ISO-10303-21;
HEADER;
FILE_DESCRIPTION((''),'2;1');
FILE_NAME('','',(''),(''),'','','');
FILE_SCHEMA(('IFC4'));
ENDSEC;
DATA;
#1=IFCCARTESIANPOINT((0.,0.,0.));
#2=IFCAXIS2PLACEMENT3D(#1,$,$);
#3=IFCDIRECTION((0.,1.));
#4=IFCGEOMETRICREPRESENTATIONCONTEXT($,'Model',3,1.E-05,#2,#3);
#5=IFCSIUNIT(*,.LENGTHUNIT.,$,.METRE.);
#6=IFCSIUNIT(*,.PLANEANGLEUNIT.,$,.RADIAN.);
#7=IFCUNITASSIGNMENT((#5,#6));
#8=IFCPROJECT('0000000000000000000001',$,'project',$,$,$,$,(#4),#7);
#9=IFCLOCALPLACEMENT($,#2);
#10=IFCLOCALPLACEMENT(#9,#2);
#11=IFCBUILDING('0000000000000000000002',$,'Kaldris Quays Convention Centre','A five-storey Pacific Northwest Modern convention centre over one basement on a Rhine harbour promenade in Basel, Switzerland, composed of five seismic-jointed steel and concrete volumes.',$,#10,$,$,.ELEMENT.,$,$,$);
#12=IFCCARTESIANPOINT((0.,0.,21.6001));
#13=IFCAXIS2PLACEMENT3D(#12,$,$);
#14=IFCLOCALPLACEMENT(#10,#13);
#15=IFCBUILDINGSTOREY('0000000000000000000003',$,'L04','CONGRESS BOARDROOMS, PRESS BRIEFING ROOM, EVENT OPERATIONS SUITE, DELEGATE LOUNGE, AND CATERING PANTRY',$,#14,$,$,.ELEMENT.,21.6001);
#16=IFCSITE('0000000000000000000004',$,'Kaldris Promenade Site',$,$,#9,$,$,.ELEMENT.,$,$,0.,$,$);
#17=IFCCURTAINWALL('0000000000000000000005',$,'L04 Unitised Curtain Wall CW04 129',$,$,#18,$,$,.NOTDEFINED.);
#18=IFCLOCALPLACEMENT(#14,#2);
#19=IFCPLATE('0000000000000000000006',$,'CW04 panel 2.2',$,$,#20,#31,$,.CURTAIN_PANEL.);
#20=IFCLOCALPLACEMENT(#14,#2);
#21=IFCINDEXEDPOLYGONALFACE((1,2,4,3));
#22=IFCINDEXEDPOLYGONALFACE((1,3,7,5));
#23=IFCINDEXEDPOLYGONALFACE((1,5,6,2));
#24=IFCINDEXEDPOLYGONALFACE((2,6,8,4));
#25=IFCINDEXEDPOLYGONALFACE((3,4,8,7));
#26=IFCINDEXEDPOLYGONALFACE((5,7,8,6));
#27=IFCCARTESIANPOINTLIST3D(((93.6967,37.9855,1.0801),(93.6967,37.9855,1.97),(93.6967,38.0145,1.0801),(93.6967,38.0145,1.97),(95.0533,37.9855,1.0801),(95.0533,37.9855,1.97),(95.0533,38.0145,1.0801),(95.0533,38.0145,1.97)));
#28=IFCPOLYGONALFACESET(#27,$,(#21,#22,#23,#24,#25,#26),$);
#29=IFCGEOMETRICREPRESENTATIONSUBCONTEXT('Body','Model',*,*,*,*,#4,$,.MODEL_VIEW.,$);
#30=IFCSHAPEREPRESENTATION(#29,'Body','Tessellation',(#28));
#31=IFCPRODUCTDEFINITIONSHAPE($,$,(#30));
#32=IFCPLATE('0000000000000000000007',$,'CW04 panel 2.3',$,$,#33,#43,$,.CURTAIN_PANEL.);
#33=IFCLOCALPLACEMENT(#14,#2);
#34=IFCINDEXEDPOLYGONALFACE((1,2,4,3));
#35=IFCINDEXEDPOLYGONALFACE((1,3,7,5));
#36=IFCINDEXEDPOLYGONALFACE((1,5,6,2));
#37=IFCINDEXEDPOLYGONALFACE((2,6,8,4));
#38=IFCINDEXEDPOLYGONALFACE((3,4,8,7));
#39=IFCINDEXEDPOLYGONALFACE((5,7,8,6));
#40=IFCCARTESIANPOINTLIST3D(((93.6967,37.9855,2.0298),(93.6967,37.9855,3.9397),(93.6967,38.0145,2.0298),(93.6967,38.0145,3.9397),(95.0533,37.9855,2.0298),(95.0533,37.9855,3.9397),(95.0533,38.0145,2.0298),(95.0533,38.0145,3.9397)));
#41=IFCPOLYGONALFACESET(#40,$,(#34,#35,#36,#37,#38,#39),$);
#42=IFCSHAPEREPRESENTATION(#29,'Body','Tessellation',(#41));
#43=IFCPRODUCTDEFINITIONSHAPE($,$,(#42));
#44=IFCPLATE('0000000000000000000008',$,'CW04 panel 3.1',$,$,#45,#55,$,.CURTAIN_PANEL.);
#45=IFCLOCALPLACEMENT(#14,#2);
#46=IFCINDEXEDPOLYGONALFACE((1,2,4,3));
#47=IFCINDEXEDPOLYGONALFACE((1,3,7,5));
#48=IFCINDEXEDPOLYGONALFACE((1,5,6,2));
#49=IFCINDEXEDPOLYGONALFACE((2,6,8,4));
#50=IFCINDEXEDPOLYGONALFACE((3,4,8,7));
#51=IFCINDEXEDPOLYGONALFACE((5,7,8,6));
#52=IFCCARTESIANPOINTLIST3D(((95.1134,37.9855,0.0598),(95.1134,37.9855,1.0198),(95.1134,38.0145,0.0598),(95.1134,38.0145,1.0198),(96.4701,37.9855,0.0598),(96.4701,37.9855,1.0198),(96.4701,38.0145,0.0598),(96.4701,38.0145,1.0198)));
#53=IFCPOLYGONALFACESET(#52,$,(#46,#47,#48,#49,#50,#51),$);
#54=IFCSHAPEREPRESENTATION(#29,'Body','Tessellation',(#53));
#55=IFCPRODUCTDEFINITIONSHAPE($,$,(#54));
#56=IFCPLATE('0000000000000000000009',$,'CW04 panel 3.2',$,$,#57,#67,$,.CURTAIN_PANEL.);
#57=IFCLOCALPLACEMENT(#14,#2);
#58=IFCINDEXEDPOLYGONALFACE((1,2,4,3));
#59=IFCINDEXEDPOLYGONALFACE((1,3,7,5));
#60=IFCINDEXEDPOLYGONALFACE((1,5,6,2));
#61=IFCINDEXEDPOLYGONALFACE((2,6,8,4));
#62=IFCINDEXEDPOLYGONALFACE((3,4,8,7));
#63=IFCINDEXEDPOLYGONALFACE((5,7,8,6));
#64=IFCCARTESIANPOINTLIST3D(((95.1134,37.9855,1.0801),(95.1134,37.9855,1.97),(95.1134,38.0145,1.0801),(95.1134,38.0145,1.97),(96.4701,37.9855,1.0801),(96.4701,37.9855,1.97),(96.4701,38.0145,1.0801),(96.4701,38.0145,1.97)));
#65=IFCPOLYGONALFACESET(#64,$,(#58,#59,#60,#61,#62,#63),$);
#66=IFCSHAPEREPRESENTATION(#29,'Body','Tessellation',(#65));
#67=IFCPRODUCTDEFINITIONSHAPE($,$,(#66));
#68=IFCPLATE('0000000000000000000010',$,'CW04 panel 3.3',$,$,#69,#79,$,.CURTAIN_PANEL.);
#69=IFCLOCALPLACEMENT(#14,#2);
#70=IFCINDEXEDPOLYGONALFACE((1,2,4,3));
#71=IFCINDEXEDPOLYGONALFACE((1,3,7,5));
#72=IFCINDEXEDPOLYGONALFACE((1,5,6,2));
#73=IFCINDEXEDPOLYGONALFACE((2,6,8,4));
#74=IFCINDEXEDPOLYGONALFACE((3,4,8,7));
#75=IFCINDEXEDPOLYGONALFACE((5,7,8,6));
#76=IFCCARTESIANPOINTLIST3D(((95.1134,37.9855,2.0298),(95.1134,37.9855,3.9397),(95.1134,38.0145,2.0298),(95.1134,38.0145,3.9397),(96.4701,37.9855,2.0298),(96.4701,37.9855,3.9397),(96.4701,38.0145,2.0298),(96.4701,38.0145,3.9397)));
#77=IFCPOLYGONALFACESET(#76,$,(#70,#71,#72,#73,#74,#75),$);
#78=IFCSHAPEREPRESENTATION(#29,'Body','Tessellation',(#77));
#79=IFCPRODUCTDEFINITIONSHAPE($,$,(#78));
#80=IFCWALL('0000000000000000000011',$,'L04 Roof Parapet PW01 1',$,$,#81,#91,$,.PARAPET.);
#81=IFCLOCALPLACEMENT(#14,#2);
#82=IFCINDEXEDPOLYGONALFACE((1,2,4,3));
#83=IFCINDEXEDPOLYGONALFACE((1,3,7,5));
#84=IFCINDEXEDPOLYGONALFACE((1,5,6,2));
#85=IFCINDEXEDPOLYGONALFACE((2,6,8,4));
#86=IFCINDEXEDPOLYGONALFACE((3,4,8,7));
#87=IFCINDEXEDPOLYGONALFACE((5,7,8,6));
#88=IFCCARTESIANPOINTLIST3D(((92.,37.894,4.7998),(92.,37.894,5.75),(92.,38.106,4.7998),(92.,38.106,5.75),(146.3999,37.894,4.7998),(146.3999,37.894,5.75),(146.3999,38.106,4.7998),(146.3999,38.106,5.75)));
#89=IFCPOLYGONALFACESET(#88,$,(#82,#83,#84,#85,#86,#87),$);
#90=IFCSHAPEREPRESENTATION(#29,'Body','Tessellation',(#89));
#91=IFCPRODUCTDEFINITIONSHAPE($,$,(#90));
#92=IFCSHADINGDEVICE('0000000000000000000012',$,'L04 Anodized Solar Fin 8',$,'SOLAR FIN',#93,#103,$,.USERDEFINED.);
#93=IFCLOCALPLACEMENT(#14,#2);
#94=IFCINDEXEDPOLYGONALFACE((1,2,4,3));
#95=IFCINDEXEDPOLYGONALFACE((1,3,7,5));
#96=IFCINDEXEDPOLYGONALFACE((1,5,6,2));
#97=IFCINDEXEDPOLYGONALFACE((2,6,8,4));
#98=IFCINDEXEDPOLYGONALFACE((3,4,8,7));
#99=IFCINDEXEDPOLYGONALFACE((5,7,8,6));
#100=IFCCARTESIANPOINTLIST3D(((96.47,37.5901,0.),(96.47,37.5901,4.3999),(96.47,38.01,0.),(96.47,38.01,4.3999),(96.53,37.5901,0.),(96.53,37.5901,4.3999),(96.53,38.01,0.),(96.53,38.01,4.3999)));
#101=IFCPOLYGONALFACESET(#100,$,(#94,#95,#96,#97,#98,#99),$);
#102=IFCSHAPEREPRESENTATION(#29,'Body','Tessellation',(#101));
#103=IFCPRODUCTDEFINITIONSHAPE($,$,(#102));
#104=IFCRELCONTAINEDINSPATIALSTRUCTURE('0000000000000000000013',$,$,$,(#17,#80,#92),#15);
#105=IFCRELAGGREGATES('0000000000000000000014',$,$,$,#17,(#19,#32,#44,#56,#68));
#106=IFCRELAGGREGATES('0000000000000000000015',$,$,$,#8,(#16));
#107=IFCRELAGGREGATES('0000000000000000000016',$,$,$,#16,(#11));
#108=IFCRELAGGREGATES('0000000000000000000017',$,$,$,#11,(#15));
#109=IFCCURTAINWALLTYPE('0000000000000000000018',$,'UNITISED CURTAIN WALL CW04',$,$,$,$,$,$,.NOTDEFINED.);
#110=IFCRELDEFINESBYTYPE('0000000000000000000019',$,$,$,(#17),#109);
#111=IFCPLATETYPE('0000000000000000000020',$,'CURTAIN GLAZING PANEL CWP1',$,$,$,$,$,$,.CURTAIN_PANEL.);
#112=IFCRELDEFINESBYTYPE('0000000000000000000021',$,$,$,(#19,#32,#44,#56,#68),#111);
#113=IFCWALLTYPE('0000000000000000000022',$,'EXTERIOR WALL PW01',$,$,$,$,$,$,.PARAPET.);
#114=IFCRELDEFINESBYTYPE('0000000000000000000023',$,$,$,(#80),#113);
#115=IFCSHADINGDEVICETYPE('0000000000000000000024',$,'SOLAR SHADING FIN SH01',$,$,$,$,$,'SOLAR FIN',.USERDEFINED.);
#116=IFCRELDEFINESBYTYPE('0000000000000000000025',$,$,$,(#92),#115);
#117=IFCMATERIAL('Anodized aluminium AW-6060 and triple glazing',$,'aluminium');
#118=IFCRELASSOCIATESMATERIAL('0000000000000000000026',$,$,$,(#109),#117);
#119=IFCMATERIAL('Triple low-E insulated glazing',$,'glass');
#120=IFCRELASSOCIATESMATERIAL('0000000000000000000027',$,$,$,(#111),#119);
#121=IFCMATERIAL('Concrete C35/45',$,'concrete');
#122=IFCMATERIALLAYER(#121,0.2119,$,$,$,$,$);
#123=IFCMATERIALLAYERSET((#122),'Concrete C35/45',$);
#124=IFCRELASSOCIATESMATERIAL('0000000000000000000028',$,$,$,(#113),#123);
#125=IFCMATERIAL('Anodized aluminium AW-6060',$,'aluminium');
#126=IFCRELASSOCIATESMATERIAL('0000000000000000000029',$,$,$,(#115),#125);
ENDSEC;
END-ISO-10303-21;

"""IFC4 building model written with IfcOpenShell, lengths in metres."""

from ifc_helpers import new_model, si_unit, direction, frame, frame_2d, origin, origin_2d, place, context, subcontext, project, spatial, rectangle, extrude, material, layer, layer_set, type_object, element, aggregate, save


model = new_model("IFC4")

# Units and contexts
model_context = context("Model", 3, precision=1e-05, world=origin(), true_north=direction((0.0, 1.0)))
body_context = subcontext(model_context, "Body", "Model", "MODEL_VIEW")
ifc_project = project(units=[si_unit("LENGTHUNIT", "METRE"), si_unit("PLANEANGLEUNIT", "RADIAN")], contexts=[model_context])

# Site, building, storey
site_placement = place(None, origin())
site = spatial("IfcSite", under=ifc_project, at=site_placement, Name="Kaldris Promenade Site", CompositionType="ELEMENT", RefElevation=0.0)
building_placement = place(site_placement, origin())
building = spatial("IfcBuilding", under=site, at=building_placement, Name="Kaldris Quays Convention Centre", Description="A five-storey Pacific Northwest Modern convention centre over one basement on a Rhine harbour promenade in Basel, Switzerland, composed of five seismic-jointed steel and concrete volumes.", CompositionType="ELEMENT")
storey_placement = place(building_placement, frame((0.0, 0.0, 21.6001)))
storey = spatial("IfcBuildingStorey", under=building, at=storey_placement, Name="L04", Description="CONGRESS BOARDROOMS, PRESS BRIEFING ROOM, EVENT OPERATIONS SUITE, DELEGATE LOUNGE, AND CATERING PANTRY", CompositionType="ELEMENT", Elevation=21.6001)

# Curtain wall
ifc_material_1 = material(Name="Anodized aluminium AW-6060 and triple glazing", Category="aluminium")
curtain_wall_type = type_object("IfcCurtainWallType", Name="UNITISED CURTAIN WALL CW04", PredefinedType="NOTDEFINED", material=ifc_material_1)
curtain_wall_placement = place(storey_placement, origin())
curtain_wall = element("IfcCurtainWall", 1, at=curtain_wall_placement, inside=storey, type_object=curtain_wall_type, Name="L04 Unitised Curtain Wall CW04 129", PredefinedType="NOTDEFINED")
ifc_material_2 = material(Name="Anodized aluminium AW-6060", Category="aluminium")

# Plates
ifc_material_3 = material(Name="Triple low-E insulated glazing", Category="glass")
plate_type = type_object("IfcPlateType", Name="CURTAIN GLAZING PANEL CWP1", PredefinedType="CURTAIN_PANEL", material=ifc_material_3)
plate_1_placement = place(storey_placement, frame((94.375, 38.0, 1.0801), z_axis=(0.0, 0.0, 1.0), x_axis=(1.0, 0.0, 0.0)))
plate_1 = element("IfcPlate", 2, at=plate_1_placement, type_object=plate_type, Name="CW04 panel 2.2", PredefinedType="CURTAIN_PANEL", context=body_context, shape_type="SweptSolid", body=[
    extrude(rectangle(XDim=1.3567, YDim=0.0291, at=origin_2d()), origin(), (0.0, 0.0, 1.0), 0.8899),
])
plate_2_placement = place(storey_placement, frame((94.375, 38.0, 2.0298), z_axis=(0.0, 0.0, 1.0), x_axis=(1.0, 0.0, 0.0)))
plate_2 = element("IfcPlate", 3, at=plate_2_placement, type_object=plate_type, Name="CW04 panel 2.3", PredefinedType="CURTAIN_PANEL", context=body_context, shape_type="SweptSolid", body=[
    extrude(rectangle(XDim=1.3567, YDim=0.0291, at=origin_2d()), origin(), (0.0, 0.0, 1.0), 1.9099),
])
plate_3_placement = place(storey_placement, frame((95.7917, 38.0, 0.0598), z_axis=(0.0, 0.0, 1.0), x_axis=(1.0, 0.0, 0.0)))
plate_3 = element("IfcPlate", 4, at=plate_3_placement, type_object=plate_type, Name="CW04 panel 3.1", PredefinedType="CURTAIN_PANEL", context=body_context, shape_type="SweptSolid", body=[
    extrude(rectangle(XDim=1.3567, YDim=0.0291, at=origin_2d()), origin(), (0.0, 0.0, 1.0), 0.96),
])
plate_4_placement = place(storey_placement, frame((95.7917, 38.0, 1.0801), z_axis=(0.0, 0.0, 1.0), x_axis=(1.0, 0.0, 0.0)))
plate_4 = element("IfcPlate", 5, at=plate_4_placement, type_object=plate_type, Name="CW04 panel 3.2", PredefinedType="CURTAIN_PANEL", context=body_context, shape_type="SweptSolid", body=[
    extrude(rectangle(XDim=1.3567, YDim=0.0291, at=origin_2d()), origin(), (0.0, 0.0, 1.0), 0.8899),
])
plate_5_placement = place(storey_placement, frame((95.7917, 38.0, 2.0298), z_axis=(0.0, 0.0, 1.0), x_axis=(1.0, 0.0, 0.0)))
plate_5 = element("IfcPlate", 6, at=plate_5_placement, type_object=plate_type, Name="CW04 panel 3.3", PredefinedType="CURTAIN_PANEL", context=body_context, shape_type="SweptSolid", body=[
    extrude(rectangle(XDim=1.3567, YDim=0.0291, at=origin_2d()), origin(), (0.0, 0.0, 1.0), 1.9099),
])
aggregate(curtain_wall, [plate_1, plate_2, plate_3, plate_4, plate_5])

# Wall
ifc_material_4 = material(Name="Concrete C35/45", Category="concrete")
ifc_layer = layer(ifc_material_4, 0.2119)
ifc_layer_set = layer_set([ifc_layer], Name="Concrete C35/45")
wall_type = type_object("IfcWallType", Name="EXTERIOR WALL PW01", PredefinedType="PARAPET", material=ifc_layer_set)
wall_placement = place(storey_placement, frame((92.0, 38.0, 4.7998), z_axis=(0.0, 0.0, 1.0), x_axis=(1.0, 0.0, 0.0)))
element("IfcWall", 7, at=wall_placement, inside=storey, type_object=wall_type, Name="L04 Roof Parapet PW01 1", PredefinedType="PARAPET", context=body_context, shape_type="SweptSolid", body=[
    extrude(rectangle(XDim=54.3999, YDim=0.2119, at=frame_2d((27.2, 0.0))), origin(), (0.0, 0.0, 1.0), 0.9502),
])

# Shading device
shading_device_type = type_object("IfcShadingDeviceType", Name="SOLAR SHADING FIN SH01", ElementType="SOLAR FIN", PredefinedType="USERDEFINED", material=ifc_material_2)
shading_device_placement = place(storey_placement, frame((96.5, 37.8, 0.0), z_axis=(0.0, 0.0, 1.0), x_axis=(1.0, 0.0, 0.0)))
element("IfcShadingDevice", 8, at=shading_device_placement, inside=storey, type_object=shading_device_type, Name="L04 Anodized Solar Fin 8", ObjectType="SOLAR FIN", PredefinedType="USERDEFINED", context=body_context, shape_type="SweptSolid", body=[
    extrude(rectangle(XDim=0.0601, YDim=0.4199, at=origin_2d()), origin(), (0.0, 0.0, 1.0), 4.3999),
])

save(model, "model.ifc")
